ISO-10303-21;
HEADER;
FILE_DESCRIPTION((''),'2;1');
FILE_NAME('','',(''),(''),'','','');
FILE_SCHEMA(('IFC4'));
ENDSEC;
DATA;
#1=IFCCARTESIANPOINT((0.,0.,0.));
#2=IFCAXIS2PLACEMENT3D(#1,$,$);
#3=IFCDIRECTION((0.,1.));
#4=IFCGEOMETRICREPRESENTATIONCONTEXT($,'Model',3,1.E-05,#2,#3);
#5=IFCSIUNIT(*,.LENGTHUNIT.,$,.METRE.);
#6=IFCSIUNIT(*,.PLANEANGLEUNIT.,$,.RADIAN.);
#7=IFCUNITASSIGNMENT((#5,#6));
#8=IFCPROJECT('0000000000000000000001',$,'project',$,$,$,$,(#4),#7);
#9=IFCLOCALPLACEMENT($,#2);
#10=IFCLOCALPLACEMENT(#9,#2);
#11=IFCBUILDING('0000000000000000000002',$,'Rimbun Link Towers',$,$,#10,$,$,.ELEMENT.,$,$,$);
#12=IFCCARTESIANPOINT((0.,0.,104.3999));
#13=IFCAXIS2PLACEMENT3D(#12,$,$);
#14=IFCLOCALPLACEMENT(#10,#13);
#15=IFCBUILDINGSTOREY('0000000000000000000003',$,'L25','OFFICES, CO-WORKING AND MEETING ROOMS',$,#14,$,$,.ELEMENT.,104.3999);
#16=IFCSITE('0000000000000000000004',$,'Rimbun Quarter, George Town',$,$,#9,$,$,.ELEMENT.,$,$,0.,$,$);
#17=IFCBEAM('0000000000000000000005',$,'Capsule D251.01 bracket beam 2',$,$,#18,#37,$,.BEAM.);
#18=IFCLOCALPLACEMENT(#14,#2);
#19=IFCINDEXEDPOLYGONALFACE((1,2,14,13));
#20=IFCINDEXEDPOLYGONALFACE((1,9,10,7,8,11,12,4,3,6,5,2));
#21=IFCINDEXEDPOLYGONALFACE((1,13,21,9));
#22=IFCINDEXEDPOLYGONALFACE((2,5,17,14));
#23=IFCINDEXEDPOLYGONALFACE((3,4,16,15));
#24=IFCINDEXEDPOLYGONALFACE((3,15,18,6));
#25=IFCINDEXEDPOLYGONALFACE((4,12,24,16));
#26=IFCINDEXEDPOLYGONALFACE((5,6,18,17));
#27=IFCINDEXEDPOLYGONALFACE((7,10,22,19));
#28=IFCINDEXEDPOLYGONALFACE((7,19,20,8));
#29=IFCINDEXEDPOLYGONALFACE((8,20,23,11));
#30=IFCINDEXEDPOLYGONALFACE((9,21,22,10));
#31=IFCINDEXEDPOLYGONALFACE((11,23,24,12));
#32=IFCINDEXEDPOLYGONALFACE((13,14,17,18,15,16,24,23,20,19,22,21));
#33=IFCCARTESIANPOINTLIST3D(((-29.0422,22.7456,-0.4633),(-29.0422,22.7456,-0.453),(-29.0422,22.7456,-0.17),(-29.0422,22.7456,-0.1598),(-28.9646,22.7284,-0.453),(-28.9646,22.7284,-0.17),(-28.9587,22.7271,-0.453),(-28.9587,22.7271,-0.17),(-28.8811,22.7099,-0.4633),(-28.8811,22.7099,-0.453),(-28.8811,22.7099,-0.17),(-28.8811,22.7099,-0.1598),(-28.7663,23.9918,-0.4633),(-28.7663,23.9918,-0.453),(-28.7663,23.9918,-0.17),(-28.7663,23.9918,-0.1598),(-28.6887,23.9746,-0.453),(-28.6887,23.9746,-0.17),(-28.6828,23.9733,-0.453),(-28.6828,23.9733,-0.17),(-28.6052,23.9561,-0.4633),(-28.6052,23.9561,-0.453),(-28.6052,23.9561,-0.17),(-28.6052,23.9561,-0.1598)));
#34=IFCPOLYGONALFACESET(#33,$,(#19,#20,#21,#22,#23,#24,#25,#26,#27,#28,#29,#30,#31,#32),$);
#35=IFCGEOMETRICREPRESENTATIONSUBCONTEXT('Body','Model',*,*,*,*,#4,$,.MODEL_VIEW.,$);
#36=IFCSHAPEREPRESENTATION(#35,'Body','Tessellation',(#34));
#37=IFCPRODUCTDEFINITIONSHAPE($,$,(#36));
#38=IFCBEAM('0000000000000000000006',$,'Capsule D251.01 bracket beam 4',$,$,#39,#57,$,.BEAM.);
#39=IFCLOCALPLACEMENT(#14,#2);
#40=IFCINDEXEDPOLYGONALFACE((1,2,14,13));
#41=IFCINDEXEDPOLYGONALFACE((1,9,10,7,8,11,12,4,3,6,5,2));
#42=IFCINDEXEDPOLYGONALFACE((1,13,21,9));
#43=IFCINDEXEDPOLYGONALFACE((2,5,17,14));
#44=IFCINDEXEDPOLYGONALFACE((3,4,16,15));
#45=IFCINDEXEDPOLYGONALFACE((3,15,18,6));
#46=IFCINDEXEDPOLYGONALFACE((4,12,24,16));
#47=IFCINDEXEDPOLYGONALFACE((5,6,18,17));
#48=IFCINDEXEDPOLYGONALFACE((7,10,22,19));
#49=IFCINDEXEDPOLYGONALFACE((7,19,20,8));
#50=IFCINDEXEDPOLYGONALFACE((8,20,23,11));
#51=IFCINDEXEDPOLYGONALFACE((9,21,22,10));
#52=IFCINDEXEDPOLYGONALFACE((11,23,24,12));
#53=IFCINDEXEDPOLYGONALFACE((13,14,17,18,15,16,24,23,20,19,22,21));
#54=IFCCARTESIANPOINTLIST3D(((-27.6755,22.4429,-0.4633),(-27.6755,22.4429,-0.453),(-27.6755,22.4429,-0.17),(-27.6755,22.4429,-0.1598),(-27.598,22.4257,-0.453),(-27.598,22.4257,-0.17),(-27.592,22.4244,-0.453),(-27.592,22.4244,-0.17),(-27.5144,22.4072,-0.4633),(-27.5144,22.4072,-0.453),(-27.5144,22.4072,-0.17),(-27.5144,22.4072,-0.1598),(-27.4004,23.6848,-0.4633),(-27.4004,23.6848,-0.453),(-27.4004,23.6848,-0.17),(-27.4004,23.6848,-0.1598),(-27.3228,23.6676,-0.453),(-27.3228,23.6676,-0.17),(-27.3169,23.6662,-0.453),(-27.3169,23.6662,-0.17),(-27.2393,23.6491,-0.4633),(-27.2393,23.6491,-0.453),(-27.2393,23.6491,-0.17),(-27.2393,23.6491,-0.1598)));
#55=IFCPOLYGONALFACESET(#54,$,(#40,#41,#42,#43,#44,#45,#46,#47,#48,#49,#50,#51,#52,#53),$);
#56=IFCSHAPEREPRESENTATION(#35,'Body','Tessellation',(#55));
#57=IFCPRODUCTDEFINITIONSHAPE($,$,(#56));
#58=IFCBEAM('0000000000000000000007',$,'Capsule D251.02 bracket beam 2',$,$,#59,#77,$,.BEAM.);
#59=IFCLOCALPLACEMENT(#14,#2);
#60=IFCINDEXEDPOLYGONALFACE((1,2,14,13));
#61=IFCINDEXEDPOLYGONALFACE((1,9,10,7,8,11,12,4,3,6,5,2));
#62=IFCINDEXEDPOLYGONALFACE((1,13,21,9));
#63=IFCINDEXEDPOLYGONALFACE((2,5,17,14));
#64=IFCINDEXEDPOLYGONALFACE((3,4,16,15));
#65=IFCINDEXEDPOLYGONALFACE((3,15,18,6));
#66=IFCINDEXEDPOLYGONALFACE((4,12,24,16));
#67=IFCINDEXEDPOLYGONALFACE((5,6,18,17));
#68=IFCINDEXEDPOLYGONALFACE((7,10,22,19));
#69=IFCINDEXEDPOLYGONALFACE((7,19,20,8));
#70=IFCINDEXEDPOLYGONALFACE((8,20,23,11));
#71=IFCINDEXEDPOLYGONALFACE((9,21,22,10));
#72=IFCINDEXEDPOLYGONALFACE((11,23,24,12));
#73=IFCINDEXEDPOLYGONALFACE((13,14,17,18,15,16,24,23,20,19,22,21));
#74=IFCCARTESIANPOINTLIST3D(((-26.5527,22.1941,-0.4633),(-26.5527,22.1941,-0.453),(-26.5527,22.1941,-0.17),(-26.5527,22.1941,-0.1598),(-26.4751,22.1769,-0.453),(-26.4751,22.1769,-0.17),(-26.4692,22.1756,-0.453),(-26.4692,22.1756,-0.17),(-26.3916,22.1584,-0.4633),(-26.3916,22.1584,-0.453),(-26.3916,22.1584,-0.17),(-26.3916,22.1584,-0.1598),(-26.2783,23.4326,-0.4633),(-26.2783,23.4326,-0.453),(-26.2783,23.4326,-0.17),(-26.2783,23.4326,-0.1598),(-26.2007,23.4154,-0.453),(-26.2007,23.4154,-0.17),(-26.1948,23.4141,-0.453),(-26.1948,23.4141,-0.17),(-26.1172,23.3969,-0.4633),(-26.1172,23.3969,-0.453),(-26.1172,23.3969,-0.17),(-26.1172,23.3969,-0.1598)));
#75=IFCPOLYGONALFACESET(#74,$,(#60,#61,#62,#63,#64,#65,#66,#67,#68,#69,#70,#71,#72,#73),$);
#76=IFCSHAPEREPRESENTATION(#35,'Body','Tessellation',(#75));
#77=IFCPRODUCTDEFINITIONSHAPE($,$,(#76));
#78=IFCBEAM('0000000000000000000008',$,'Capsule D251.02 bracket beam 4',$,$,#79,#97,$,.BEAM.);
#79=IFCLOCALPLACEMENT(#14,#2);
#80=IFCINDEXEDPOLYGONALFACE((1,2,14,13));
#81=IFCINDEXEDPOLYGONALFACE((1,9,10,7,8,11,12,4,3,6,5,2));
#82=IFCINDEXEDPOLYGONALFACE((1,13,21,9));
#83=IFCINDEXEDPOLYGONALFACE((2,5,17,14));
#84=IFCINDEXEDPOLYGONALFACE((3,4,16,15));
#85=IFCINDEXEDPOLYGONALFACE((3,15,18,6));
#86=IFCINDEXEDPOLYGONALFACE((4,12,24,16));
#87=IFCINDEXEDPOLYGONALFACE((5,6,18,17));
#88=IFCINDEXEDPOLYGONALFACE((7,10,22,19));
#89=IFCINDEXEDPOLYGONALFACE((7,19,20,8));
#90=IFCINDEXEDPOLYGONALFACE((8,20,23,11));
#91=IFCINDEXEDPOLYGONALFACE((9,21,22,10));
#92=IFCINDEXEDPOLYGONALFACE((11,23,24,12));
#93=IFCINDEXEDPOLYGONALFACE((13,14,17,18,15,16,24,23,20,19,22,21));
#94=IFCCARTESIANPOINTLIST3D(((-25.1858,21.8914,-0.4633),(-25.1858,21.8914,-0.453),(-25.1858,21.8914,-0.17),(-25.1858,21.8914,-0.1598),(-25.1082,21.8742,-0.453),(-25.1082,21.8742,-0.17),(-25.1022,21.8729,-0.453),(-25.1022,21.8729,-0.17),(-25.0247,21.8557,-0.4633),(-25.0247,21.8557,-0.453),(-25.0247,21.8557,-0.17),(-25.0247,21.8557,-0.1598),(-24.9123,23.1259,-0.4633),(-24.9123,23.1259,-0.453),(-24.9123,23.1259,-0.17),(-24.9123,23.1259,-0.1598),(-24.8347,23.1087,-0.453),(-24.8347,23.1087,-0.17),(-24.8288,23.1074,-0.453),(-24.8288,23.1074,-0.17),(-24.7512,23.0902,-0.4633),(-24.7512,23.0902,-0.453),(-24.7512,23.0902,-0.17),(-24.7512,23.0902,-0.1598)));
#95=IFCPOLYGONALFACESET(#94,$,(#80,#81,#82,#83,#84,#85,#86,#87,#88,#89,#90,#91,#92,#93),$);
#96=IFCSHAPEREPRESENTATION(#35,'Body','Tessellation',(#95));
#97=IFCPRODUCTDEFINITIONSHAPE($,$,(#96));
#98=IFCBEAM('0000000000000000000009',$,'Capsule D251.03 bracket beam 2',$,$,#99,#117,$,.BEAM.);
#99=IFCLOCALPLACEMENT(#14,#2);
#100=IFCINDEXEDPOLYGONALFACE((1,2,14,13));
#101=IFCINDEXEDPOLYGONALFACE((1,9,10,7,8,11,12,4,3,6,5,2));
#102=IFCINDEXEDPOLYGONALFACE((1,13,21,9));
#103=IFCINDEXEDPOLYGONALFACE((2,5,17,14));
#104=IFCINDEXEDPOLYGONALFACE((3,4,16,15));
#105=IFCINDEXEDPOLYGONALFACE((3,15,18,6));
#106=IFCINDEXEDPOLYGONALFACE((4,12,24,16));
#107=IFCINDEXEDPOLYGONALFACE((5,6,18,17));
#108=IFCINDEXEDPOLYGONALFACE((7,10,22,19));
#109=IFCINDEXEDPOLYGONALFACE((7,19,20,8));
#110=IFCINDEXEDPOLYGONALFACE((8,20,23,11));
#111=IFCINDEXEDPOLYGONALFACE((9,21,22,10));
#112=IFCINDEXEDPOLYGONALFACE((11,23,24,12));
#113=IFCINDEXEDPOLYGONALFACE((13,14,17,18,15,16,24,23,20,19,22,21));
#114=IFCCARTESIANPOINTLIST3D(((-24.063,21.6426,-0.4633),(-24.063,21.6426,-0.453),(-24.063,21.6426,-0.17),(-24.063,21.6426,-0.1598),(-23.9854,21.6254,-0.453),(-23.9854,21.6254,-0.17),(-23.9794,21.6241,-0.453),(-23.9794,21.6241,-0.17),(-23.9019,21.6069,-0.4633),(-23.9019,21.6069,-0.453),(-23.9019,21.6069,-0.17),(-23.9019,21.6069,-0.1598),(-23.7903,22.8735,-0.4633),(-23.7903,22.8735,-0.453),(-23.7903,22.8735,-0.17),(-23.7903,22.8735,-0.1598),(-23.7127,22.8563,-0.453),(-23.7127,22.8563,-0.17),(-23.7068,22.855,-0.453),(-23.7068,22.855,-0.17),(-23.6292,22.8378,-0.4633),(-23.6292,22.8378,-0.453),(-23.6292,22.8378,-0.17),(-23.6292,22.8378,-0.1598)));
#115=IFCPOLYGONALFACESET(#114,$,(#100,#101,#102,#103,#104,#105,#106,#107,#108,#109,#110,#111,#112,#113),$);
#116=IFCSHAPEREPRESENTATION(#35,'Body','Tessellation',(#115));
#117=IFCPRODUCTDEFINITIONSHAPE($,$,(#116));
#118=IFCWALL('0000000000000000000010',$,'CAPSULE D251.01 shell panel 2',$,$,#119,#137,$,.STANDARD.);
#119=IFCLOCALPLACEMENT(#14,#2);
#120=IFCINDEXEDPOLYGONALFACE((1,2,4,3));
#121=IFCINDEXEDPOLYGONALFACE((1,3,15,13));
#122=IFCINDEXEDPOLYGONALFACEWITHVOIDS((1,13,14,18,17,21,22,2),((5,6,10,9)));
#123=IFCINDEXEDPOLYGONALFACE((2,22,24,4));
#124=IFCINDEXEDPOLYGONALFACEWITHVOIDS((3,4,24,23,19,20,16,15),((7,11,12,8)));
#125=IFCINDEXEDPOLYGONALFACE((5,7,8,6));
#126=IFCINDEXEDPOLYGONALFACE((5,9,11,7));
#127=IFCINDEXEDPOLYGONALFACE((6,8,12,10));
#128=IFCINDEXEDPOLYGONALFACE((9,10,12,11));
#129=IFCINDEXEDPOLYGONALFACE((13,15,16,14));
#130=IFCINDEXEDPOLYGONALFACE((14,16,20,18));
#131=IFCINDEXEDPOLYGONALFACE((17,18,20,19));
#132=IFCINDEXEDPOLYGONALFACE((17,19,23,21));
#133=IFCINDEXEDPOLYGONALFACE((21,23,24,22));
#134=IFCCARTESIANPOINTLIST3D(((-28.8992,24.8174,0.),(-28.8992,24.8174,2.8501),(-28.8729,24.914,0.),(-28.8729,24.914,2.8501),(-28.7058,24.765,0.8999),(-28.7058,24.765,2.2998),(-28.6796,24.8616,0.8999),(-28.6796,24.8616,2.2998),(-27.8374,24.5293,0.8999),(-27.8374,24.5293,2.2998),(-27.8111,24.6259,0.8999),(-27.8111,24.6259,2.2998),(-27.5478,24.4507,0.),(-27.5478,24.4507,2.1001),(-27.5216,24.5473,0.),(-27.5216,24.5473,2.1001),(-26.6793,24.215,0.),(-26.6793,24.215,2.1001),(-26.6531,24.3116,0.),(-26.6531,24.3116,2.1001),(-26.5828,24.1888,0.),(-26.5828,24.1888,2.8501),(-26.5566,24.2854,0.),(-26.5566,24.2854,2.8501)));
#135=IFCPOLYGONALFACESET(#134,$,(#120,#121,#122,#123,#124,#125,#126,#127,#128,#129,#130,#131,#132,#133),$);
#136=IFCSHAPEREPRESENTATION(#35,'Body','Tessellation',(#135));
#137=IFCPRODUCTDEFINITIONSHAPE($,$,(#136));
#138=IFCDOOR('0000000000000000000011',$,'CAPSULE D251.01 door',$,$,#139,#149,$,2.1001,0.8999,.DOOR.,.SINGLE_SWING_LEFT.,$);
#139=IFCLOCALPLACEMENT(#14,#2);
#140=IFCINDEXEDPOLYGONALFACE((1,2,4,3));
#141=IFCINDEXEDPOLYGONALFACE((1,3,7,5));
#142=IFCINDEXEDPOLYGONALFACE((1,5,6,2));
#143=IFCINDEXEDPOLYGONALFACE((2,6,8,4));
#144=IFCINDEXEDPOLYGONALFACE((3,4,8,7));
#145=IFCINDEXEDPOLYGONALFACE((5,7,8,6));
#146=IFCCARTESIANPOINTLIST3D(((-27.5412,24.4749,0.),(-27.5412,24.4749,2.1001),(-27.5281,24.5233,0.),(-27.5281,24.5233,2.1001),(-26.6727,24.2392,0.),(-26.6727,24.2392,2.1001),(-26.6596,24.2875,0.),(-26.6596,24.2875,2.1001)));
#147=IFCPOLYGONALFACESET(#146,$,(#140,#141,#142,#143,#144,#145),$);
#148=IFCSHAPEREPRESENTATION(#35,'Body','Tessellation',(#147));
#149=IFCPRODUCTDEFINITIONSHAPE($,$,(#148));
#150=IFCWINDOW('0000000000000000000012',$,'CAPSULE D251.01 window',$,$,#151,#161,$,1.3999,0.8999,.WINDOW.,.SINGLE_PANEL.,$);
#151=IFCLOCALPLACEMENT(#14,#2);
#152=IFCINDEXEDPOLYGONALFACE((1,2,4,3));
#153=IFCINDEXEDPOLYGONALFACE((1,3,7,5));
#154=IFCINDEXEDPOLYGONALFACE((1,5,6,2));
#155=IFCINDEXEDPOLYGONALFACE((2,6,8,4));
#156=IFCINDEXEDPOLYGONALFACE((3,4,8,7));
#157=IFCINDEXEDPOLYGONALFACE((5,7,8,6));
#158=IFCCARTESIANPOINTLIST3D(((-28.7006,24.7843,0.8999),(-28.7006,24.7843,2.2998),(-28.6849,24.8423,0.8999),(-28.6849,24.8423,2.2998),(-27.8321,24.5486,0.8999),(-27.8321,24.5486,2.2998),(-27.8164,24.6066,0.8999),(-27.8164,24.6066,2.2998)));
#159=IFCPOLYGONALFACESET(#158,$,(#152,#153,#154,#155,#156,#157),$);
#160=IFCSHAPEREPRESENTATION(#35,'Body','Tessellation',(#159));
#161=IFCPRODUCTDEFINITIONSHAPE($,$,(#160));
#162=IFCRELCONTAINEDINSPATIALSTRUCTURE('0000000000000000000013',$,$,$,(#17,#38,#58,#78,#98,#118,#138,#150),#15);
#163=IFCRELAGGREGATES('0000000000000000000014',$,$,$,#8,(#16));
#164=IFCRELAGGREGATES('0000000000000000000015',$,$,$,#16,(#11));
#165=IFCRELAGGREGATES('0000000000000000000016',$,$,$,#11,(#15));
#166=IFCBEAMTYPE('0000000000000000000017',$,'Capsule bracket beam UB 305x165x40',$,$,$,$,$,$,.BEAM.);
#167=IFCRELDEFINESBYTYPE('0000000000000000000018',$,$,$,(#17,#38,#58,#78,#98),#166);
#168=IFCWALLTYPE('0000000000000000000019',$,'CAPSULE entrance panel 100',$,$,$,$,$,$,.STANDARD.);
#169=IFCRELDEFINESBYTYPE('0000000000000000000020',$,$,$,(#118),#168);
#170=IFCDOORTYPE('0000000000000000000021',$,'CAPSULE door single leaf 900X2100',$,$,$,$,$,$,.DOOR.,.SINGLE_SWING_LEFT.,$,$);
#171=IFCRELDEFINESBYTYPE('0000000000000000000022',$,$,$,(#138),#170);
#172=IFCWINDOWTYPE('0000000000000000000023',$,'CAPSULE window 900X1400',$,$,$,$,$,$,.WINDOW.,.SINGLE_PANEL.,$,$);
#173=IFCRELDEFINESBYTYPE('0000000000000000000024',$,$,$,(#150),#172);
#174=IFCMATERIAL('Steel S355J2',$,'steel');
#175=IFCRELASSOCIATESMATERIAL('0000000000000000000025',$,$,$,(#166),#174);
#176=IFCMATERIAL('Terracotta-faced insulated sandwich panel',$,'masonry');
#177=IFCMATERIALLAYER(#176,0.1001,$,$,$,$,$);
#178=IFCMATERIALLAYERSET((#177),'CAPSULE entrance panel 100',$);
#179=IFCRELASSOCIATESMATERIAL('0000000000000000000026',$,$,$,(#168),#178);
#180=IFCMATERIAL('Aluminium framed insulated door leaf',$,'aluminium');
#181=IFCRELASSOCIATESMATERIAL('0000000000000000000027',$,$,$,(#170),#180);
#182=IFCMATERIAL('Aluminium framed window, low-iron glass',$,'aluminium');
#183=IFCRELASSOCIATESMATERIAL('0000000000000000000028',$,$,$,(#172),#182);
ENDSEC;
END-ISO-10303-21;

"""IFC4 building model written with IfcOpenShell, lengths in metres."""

from ifc_helpers import new_model, si_unit, direction, frame, frame_2d, origin, origin_2d, place, context, subcontext, project, spatial, rectangle, i_section, extrude, material, layer, layer_set, material_profile, profile_set, type_object, element, fill, save


model = new_model("IFC4")

# Units and contexts
model_context = context("Model", 3, precision=1e-05, world=origin(), true_north=direction((0.0, 1.0)))
body_context = subcontext(model_context, "Body", "Model", "MODEL_VIEW")
ifc_project = project(units=[si_unit("LENGTHUNIT", "METRE"), si_unit("PLANEANGLEUNIT", "RADIAN")], contexts=[model_context])

# Site, building, storey
site_placement = place(None, origin())
site = spatial("IfcSite", under=ifc_project, at=site_placement, Name="Rimbun Quarter, George Town", CompositionType="ELEMENT", RefElevation=0.0)
building_placement = place(site_placement, origin())
building = spatial("IfcBuilding", under=site, at=building_placement, Name="Rimbun Link Towers", CompositionType="ELEMENT")
storey_placement = place(building_placement, frame((0.0, 0.0, 104.3999)))
storey = spatial("IfcBuildingStorey", under=building, at=storey_placement, Name="L25", Description="OFFICES, CO-WORKING AND MEETING ROOMS", CompositionType="ELEMENT", Elevation=104.3999)

# Beams
ifc_material_1 = material(Name="Steel S355J2", Category="steel")
ifc_material_profile = material_profile(ifc_material_1, i_section(OverallWidth=0.165, OverallDepth=0.3035, WebThickness=0.0061, FlangeThickness=0.0103, at=origin_2d()), Name="UB 305x165x40")
ifc_profile_set = profile_set([ifc_material_profile], Name="Steel S355J2")
beam_type = type_object("IfcBeamType", Name="Capsule bracket beam UB 305x165x40", PredefinedType="BEAM", material=ifc_profile_set)
beam_1_placement = place(storey_placement, frame((-28.9617, 22.7278, -0.3115), z_axis=(0.216161, 0.976358, 0.0), x_axis=(-0.976358, 0.216161, 0.0)))
element("IfcBeam", 1, at=beam_1_placement, inside=storey, type_object=beam_type, Name="Capsule D251.01 bracket beam 2", PredefinedType="BEAM", context=body_context, shape_type="SweptSolid", body=[
    extrude(i_section(OverallWidth=0.165, OverallDepth=0.3035, WebThickness=0.0061, FlangeThickness=0.0103, at=origin_2d()), origin(), (0.0, 0.0, 1.0), 1.2764),
])
beam_2_placement = place(storey_placement, frame((-27.595, 22.425, -0.3115), z_axis=(0.2163, 0.976327, 0.0), x_axis=(-0.976327, 0.2163, 0.0)))
element("IfcBeam", 2, at=beam_2_placement, inside=storey, type_object=beam_type, Name="Capsule D251.01 bracket beam 4", PredefinedType="BEAM", context=body_context, shape_type="SweptSolid", body=[
    extrude(i_section(OverallWidth=0.165, OverallDepth=0.3035, WebThickness=0.0061, FlangeThickness=0.0103, at=origin_2d()), origin(), (0.0, 0.0, 1.0), 1.272),
])
beam_3_placement = place(storey_placement, frame((-26.4722, 22.1763, -0.3115), z_axis=(0.216319, 0.976323, 0.0), x_axis=(-0.976323, 0.216319, 0.0)))
element("IfcBeam", 3, at=beam_3_placement, inside=storey, type_object=beam_type, Name="Capsule D251.02 bracket beam 2", PredefinedType="BEAM", context=body_context, shape_type="SweptSolid", body=[
    extrude(i_section(OverallWidth=0.165, OverallDepth=0.3035, WebThickness=0.0061, FlangeThickness=0.0103, at=origin_2d()), origin(), (0.0, 0.0, 1.0), 1.2686),
])
beam_4_placement = place(storey_placement, frame((-25.1052, 21.8735, -0.3115), z_axis=(0.216276, 0.976332, 0.0), x_axis=(-0.976332, 0.216276, 0.0)))
element("IfcBeam", 4, at=beam_4_placement, inside=storey, type_object=beam_type, Name="Capsule D251.02 bracket beam 4", PredefinedType="BEAM", context=body_context, shape_type="SweptSolid", body=[
    extrude(i_section(OverallWidth=0.165, OverallDepth=0.3035, WebThickness=0.0061, FlangeThickness=0.0103, at=origin_2d()), origin(), (0.0, 0.0, 1.0), 1.2644),
])
beam_5_placement = place(storey_placement, frame((-23.9824, 21.6248, -0.3115), z_axis=(0.216295, 0.976328, 0.0), x_axis=(-0.976328, 0.216295, 0.0)))
element("IfcBeam", 5, at=beam_5_placement, inside=storey, type_object=beam_type, Name="Capsule D251.03 bracket beam 2", PredefinedType="BEAM", context=body_context, shape_type="SweptSolid", body=[
    extrude(i_section(OverallWidth=0.165, OverallDepth=0.3035, WebThickness=0.0061, FlangeThickness=0.0103, at=origin_2d()), origin(), (0.0, 0.0, 1.0), 1.2607),
])

# Wall, openings, door, window
ifc_material_2 = material(Name="Terracotta-faced insulated sandwich panel", Category="masonry")
ifc_layer_1 = layer(ifc_material_2, 0.1001)
ifc_layer_set_1 = layer_set([ifc_layer_1], Name="CAPSULE entrance panel 100")
wall_type_1 = type_object("IfcWallType", Name="CAPSULE entrance panel 100", PredefinedType="STANDARD", material=ifc_layer_set_1)
wall_1_placement = place(storey_placement, frame((-26.5696, 24.2371, 0.0), z_axis=(0.0, 0.0, 1.0), x_axis=(-0.965089, 0.261921, 0.0)))
wall_1 = element("IfcWall", 6, at=wall_1_placement, inside=storey, type_object=wall_type_1, Name="CAPSULE D251.01 shell panel 2", PredefinedType="STANDARD", context=body_context, shape_type="SweptSolid", body=[
    extrude(rectangle(XDim=2.4001, YDim=0.1001, at=frame_2d((1.2002, 0.0))), origin(), (0.0, 0.0, 1.0), 2.8501),
])
opening_1_placement = place(wall_1_placement, frame((0.1001, 0.0, 0.0)))
opening_1 = element("IfcOpeningElement", 7, at=opening_1_placement, cuts=wall_1, PredefinedType="OPENING", context=body_context, shape_type="SweptSolid", body=[
    extrude(rectangle(XDim=0.8999, YDim=2.1001, at=frame_2d((0.45, 1.05))), frame((0.0, 0.0601, 0.0), z_axis=(0.0, -1.0, 0.0), x_axis=(1.0, 0.0, 0.0)), (0.0, 0.0, 1.0), 0.1201),
])
opening_2_placement = place(wall_1_placement, frame((1.3, 0.0, 0.8999)))
opening_2 = element("IfcOpeningElement", 8, at=opening_2_placement, cuts=wall_1, PredefinedType="OPENING", context=body_context, shape_type="SweptSolid", body=[
    extrude(rectangle(XDim=0.8999, YDim=1.3999, at=frame_2d((0.45, 0.7))), frame((0.0, 0.0601, 0.0), z_axis=(0.0, -1.0, 0.0), x_axis=(1.0, 0.0, 0.0)), (0.0, 0.0, 1.0), 0.1201),
])
ifc_material_3 = material(Name="Aluminium framed insulated door leaf", Category="aluminium")
door_type = type_object("IfcDoorType", Name="CAPSULE door single leaf 900X2100", OperationType="SINGLE_SWING_LEFT", PredefinedType="DOOR", material=ifc_material_3)
door_1_placement = place(opening_1_placement, origin())
door_1 = element("IfcDoor", 9, at=door_1_placement, inside=storey, type_object=door_type, Name="CAPSULE D251.01 door", OperationType="SINGLE_SWING_LEFT", OverallHeight=2.1001, OverallWidth=0.8999, PredefinedType="DOOR", context=body_context, shape_type="SweptSolid", body=[
    extrude(rectangle(XDim=0.8999, YDim=2.1001, at=frame_2d((0.45, 1.05))), frame((0.0, 0.0249, 0.0), z_axis=(0.0, -1.0, 0.0), x_axis=(1.0, 0.0, 0.0)), (0.0, 0.0, 1.0), 0.05),
])
fill(opening_1, door_1)
ifc_material_4 = material(Name="Aluminium framed window, low-iron glass", Category="aluminium")
window_type = type_object("IfcWindowType", Name="CAPSULE window 900X1400", PartitioningType="SINGLE_PANEL", PredefinedType="WINDOW", material=ifc_material_4)
window_1_placement = place(opening_2_placement, origin())
window_1 = element("IfcWindow", 10, at=window_1_placement, inside=storey, type_object=window_type, Name="CAPSULE D251.01 window", OverallHeight=1.3999, OverallWidth=0.8999, PartitioningType="SINGLE_PANEL", PredefinedType="WINDOW", context=body_context, shape_type="SweptSolid", body=[
    extrude(rectangle(XDim=0.8999, YDim=1.3999, at=frame_2d((0.45, 0.7))), frame((0.0, 0.03, 0.0), z_axis=(0.0, -1.0, 0.0), x_axis=(1.0, 0.0, 0.0)), (0.0, 0.0, 1.0), 0.0601),
])
fill(opening_2, window_1)

save(model, "model.ifc")
